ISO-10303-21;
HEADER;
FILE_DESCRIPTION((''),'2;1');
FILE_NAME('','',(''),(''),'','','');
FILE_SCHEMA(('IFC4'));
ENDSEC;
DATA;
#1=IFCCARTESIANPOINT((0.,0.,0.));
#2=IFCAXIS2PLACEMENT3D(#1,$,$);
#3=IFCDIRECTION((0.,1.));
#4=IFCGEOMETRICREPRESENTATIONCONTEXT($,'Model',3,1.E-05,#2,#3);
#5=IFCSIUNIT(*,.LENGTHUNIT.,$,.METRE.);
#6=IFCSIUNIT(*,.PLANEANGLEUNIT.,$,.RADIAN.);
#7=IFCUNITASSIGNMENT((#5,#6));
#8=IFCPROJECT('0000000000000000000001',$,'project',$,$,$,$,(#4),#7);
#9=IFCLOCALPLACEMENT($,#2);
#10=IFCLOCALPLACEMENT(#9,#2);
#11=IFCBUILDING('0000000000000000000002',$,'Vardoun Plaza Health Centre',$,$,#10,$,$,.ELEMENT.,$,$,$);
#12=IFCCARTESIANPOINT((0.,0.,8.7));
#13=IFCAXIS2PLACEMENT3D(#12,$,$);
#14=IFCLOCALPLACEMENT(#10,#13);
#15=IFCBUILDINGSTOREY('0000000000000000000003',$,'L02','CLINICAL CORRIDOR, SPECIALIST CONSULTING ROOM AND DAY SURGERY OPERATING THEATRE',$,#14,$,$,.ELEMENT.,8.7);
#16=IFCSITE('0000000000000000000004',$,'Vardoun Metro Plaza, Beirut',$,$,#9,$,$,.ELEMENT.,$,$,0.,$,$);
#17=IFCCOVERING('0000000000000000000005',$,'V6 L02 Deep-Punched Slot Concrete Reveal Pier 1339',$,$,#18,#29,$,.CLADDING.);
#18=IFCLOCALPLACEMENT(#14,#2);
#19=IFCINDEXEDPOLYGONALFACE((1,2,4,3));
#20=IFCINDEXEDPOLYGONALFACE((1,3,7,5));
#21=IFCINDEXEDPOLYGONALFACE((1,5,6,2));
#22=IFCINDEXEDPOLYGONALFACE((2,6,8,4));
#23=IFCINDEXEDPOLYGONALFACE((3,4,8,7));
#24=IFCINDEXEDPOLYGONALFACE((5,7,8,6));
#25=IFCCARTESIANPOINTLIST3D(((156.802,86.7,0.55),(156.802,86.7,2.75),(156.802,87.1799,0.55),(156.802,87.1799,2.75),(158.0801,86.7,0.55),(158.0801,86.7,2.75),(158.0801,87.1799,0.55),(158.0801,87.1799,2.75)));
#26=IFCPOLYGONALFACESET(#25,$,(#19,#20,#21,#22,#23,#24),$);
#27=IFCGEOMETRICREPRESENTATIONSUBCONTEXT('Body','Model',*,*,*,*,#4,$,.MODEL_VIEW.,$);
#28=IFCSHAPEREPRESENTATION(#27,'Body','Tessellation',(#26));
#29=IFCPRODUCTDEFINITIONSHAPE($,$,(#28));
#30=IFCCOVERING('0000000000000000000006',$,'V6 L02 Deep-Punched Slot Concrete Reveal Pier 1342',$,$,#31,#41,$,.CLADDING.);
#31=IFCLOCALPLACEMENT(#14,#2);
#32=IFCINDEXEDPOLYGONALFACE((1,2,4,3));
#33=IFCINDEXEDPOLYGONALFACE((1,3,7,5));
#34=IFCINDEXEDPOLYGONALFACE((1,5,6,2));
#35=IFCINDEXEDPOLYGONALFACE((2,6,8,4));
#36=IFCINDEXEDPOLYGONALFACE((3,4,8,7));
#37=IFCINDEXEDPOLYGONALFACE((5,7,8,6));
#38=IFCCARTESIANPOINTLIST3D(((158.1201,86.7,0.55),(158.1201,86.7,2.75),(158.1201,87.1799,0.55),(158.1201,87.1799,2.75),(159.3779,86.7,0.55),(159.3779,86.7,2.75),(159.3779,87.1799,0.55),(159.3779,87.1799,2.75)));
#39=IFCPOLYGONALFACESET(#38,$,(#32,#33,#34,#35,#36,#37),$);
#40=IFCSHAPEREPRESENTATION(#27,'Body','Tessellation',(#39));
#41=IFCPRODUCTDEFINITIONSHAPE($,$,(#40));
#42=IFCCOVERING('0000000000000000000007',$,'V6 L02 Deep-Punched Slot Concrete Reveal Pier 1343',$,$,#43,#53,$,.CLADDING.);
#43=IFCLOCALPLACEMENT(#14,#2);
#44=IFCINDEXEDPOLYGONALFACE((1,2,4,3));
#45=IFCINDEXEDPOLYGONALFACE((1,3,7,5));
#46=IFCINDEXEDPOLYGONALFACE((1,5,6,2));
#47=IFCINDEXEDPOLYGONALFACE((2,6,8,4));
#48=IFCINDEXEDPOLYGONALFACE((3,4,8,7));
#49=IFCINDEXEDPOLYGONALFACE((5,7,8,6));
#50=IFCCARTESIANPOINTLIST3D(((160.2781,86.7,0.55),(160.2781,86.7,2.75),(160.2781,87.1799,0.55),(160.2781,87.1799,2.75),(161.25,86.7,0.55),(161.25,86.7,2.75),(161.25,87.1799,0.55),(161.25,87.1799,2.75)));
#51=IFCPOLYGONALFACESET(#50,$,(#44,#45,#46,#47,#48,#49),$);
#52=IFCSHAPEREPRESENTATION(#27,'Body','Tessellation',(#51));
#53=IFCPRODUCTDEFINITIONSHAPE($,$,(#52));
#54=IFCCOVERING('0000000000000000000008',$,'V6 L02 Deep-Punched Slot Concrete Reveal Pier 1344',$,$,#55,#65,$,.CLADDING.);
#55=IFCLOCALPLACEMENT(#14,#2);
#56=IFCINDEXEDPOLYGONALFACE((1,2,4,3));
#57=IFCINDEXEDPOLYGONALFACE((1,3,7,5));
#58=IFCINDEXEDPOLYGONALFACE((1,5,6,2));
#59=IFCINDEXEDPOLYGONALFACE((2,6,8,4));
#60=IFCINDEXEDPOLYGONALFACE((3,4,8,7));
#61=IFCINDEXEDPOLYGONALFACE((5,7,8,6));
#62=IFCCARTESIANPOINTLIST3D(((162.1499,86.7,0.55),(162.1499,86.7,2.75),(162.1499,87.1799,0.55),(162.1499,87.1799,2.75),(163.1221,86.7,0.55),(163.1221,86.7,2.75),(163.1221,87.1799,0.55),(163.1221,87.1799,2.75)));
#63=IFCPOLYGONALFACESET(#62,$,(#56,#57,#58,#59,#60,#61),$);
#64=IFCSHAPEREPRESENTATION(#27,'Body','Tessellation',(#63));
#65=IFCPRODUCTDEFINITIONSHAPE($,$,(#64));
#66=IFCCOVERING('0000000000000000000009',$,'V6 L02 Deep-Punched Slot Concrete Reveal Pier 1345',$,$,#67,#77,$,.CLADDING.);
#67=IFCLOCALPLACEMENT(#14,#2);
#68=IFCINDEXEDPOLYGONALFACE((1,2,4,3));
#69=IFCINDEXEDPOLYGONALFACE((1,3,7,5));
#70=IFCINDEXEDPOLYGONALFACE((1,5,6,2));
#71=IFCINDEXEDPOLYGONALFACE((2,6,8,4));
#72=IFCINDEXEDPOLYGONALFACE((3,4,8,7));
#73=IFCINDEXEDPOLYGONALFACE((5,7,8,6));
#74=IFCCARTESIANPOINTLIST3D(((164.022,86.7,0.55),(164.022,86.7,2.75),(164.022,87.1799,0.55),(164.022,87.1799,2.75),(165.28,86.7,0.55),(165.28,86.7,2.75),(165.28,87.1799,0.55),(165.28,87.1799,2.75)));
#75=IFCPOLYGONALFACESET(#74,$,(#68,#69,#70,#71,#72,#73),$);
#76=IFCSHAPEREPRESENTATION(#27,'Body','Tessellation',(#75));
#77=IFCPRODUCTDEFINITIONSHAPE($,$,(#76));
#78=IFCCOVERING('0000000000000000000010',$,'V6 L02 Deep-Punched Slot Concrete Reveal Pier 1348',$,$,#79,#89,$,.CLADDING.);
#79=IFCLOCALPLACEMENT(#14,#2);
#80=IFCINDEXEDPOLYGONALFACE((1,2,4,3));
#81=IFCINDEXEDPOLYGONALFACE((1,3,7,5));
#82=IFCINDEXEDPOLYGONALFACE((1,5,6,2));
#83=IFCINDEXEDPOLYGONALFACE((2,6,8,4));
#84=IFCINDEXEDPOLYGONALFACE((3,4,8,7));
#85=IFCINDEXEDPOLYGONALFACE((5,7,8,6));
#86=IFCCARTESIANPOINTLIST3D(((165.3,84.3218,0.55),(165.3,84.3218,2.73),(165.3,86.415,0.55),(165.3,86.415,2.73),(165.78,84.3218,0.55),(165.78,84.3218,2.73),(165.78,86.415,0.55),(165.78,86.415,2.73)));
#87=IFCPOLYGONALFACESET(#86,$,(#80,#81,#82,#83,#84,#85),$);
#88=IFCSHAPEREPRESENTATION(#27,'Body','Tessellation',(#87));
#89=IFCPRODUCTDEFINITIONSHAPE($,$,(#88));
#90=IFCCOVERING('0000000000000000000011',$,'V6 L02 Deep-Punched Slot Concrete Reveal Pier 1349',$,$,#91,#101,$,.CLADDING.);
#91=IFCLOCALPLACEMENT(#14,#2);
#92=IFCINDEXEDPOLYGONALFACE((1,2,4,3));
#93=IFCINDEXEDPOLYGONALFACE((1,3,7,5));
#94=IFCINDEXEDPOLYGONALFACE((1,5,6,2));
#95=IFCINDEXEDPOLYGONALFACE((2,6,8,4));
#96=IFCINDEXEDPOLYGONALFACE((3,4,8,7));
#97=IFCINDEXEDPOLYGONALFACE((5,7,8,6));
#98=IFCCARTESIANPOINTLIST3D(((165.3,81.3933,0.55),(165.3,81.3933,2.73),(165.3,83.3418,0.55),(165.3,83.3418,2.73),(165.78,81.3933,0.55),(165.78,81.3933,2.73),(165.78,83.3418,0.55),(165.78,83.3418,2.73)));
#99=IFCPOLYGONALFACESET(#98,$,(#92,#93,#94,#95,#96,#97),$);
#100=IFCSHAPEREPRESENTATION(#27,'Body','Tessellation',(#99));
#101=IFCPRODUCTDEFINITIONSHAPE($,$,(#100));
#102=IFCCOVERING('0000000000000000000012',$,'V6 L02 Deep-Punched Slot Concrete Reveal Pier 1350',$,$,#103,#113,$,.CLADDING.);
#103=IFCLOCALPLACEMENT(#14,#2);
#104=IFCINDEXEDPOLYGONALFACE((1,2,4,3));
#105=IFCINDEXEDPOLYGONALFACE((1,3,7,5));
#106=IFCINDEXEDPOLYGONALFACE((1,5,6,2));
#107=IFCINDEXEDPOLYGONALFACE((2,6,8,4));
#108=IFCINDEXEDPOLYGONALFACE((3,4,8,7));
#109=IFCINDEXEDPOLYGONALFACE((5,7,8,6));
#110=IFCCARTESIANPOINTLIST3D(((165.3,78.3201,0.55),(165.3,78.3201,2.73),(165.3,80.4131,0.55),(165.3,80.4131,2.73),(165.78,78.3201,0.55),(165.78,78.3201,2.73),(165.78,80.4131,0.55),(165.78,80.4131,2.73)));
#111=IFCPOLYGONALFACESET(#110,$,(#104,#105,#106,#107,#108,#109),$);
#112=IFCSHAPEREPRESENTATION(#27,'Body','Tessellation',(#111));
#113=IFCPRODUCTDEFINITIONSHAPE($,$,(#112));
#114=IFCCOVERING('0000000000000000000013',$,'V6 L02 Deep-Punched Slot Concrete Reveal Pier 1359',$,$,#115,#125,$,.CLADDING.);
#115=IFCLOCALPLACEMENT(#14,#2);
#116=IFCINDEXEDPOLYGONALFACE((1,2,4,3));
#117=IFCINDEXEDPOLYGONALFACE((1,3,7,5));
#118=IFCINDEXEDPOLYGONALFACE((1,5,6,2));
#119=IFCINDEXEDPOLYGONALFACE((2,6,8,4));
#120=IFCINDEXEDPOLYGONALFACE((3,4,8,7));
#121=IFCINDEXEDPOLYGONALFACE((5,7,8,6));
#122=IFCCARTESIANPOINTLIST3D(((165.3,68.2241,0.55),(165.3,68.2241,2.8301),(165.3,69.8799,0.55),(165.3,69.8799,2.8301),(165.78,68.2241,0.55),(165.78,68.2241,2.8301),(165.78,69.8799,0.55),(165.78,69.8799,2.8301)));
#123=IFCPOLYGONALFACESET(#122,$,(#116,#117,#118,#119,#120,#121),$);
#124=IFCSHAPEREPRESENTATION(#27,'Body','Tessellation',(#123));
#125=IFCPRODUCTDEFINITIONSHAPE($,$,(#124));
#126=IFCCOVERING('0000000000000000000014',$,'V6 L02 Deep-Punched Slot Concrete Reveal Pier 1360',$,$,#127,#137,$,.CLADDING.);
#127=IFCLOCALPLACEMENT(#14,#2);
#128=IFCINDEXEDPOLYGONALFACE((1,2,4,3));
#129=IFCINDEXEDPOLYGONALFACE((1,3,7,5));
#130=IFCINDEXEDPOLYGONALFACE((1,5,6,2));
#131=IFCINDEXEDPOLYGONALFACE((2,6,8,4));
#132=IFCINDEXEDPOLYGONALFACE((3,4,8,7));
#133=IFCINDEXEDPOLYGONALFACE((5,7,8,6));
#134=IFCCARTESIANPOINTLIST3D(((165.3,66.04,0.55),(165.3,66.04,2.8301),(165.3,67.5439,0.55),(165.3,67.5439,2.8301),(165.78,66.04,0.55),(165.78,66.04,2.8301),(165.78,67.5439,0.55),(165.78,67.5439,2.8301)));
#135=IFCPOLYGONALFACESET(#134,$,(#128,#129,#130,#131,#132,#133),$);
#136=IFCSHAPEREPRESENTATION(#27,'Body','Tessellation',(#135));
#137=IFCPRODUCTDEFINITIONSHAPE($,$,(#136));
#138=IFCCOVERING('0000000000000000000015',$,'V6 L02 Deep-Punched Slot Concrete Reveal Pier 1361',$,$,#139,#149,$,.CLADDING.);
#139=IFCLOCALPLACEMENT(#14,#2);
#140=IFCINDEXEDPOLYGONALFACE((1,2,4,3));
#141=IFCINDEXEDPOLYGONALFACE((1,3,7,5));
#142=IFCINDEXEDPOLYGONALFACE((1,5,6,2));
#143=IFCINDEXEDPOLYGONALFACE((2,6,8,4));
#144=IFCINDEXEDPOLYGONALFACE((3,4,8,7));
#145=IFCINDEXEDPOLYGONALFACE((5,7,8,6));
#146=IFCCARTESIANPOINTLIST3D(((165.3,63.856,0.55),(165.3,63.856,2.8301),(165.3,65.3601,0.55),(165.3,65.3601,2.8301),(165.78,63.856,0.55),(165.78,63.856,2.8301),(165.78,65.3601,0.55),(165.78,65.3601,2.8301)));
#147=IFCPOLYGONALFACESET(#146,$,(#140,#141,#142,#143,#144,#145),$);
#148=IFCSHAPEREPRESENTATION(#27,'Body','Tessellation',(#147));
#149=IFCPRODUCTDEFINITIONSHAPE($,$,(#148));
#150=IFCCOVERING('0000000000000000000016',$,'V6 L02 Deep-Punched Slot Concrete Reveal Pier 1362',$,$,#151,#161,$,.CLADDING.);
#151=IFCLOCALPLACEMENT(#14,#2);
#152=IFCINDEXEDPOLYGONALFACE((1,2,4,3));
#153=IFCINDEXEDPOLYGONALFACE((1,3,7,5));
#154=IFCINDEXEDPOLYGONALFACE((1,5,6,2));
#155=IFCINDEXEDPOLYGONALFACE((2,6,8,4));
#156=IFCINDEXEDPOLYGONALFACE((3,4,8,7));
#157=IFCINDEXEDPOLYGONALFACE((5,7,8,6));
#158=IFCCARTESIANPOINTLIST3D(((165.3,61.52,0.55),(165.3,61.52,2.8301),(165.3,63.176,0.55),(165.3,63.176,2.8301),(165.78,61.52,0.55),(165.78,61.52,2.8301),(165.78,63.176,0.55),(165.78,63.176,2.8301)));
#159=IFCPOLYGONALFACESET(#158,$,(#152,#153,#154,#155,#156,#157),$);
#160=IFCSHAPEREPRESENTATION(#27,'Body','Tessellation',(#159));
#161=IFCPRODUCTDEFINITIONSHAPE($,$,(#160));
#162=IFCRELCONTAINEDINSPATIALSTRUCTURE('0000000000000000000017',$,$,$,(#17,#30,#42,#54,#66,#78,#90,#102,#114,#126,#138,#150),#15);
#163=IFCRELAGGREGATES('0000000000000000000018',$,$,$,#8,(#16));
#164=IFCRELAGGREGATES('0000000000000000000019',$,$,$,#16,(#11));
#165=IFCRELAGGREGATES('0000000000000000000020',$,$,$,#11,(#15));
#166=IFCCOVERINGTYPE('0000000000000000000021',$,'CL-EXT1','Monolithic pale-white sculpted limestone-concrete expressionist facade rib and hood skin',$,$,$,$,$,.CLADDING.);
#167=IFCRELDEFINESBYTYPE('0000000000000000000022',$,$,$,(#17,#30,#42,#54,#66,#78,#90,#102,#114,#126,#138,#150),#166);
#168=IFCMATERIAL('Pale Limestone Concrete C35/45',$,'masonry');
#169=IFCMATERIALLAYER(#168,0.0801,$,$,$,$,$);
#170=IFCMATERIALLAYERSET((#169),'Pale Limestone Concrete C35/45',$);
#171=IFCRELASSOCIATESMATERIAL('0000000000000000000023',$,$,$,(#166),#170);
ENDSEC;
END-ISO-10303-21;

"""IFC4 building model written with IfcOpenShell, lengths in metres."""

from ifc_helpers import new_model, si_unit, direction, frame, origin, place, context, subcontext, project, spatial, polyline, outline, extrude, material, layer, layer_set, type_object, element, save


model = new_model("IFC4")

# Units and contexts
model_context = context("Model", 3, precision=1e-05, world=origin(), true_north=direction((0.0, 1.0)))
body_context = subcontext(model_context, "Body", "Model", "MODEL_VIEW")
ifc_project = project(units=[si_unit("LENGTHUNIT", "METRE"), si_unit("PLANEANGLEUNIT", "RADIAN")], contexts=[model_context])

# Site, building, storey
site_placement = place(None, origin())
site = spatial("IfcSite", under=ifc_project, at=site_placement, Name="Vardoun Metro Plaza, Beirut", CompositionType="ELEMENT", RefElevation=0.0)
building_placement = place(site_placement, origin())
building = spatial("IfcBuilding", under=site, at=building_placement, Name="Vardoun Plaza Health Centre", CompositionType="ELEMENT")
storey_placement = place(building_placement, frame((0.0, 0.0, 8.7)))
storey = spatial("IfcBuildingStorey", under=building, at=storey_placement, Name="L02", Description="CLINICAL CORRIDOR, SPECIALIST CONSULTING ROOM AND DAY SURGERY OPERATING THEATRE", CompositionType="ELEMENT", Elevation=8.7)

# Coverings
ifc_material = material(Name="Pale Limestone Concrete C35/45", Category="masonry")
ifc_layer = layer(ifc_material, 0.0801)
ifc_layer_set = layer_set([ifc_layer], Name="Pale Limestone Concrete C35/45")
covering_type = type_object("IfcCoveringType", Name="CL-EXT1", Description="Monolithic pale-white sculpted limestone-concrete expressionist facade rib and hood skin", PredefinedType="CLADDING", material=ifc_layer_set)
covering_1_placement = place(storey_placement, frame((0.0, 0.0, 0.55)))
element("IfcCovering", 1, at=covering_1_placement, inside=storey, type_object=covering_type, Name="V6 L02 Deep-Punched Slot Concrete Reveal Pier 1339", PredefinedType="CLADDING", context=body_context, shape_type="SweptSolid", body=[
    extrude(outline(polyline([(156.802, 86.7), (158.0801, 86.7), (158.0801, 87.1799), (156.802, 87.1799), (156.802, 86.7)])), origin(), (0.0, 0.0, 1.0), 2.2),
])
covering_2_placement = place(storey_placement, frame((0.0, 0.0, 0.55)))
element("IfcCovering", 2, at=covering_2_placement, inside=storey, type_object=covering_type, Name="V6 L02 Deep-Punched Slot Concrete Reveal Pier 1342", PredefinedType="CLADDING", context=body_context, shape_type="SweptSolid", body=[
    extrude(outline(polyline([(158.1201, 86.7), (159.3779, 86.7), (159.3779, 87.1799), (158.1201, 87.1799), (158.1201, 86.7)])), origin(), (0.0, 0.0, 1.0), 2.2),
])
covering_3_placement = place(storey_placement, frame((0.0, 0.0, 0.55)))
element("IfcCovering", 3, at=covering_3_placement, inside=storey, type_object=covering_type, Name="V6 L02 Deep-Punched Slot Concrete Reveal Pier 1343", PredefinedType="CLADDING", context=body_context, shape_type="SweptSolid", body=[
    extrude(outline(polyline([(160.2781, 86.7), (161.25, 86.7), (161.25, 87.1799), (160.2781, 87.1799), (160.2781, 86.7)])), origin(), (0.0, 0.0, 1.0), 2.2),
])
covering_4_placement = place(storey_placement, frame((0.0, 0.0, 0.55)))
element("IfcCovering", 4, at=covering_4_placement, inside=storey, type_object=covering_type, Name="V6 L02 Deep-Punched Slot Concrete Reveal Pier 1344", PredefinedType="CLADDING", context=body_context, shape_type="SweptSolid", body=[
    extrude(outline(polyline([(162.1499, 86.7), (163.1221, 86.7), (163.1221, 87.1799), (162.1499, 87.1799), (162.1499, 86.7)])), origin(), (0.0, 0.0, 1.0), 2.2),
])
covering_5_placement = place(storey_placement, frame((0.0, 0.0, 0.55)))
element("IfcCovering", 5, at=covering_5_placement, inside=storey, type_object=covering_type, Name="V6 L02 Deep-Punched Slot Concrete Reveal Pier 1345", PredefinedType="CLADDING", context=body_context, shape_type="SweptSolid", body=[
    extrude(outline(polyline([(164.022, 86.7), (165.28, 86.7), (165.28, 87.1799), (164.022, 87.1799), (164.022, 86.7)])), origin(), (0.0, 0.0, 1.0), 2.2),
])
covering_6_placement = place(storey_placement, frame((0.0, 0.0, 0.55)))
element("IfcCovering", 6, at=covering_6_placement, inside=storey, type_object=covering_type, Name="V6 L02 Deep-Punched Slot Concrete Reveal Pier 1348", PredefinedType="CLADDING", context=body_context, shape_type="SweptSolid", body=[
    extrude(outline(polyline([(165.3, 86.415), (165.3, 84.3218), (165.78, 84.3218), (165.78, 86.415), (165.3, 86.415)])), origin(), (0.0, 0.0, 1.0), 2.1799),
])
covering_7_placement = place(storey_placement, frame((0.0, 0.0, 0.55)))
element("IfcCovering", 7, at=covering_7_placement, inside=storey, type_object=covering_type, Name="V6 L02 Deep-Punched Slot Concrete Reveal Pier 1349", PredefinedType="CLADDING", context=body_context, shape_type="SweptSolid", body=[
    extrude(outline(polyline([(165.3, 83.3418), (165.3, 81.3933), (165.78, 81.3933), (165.78, 83.3418), (165.3, 83.3418)])), origin(), (0.0, 0.0, 1.0), 2.1799),
])
covering_8_placement = place(storey_placement, frame((0.0, 0.0, 0.55)))
element("IfcCovering", 8, at=covering_8_placement, inside=storey, type_object=covering_type, Name="V6 L02 Deep-Punched Slot Concrete Reveal Pier 1350", PredefinedType="CLADDING", context=body_context, shape_type="SweptSolid", body=[
    extrude(outline(polyline([(165.3, 80.4131), (165.3, 78.3201), (165.78, 78.3201), (165.78, 80.4131), (165.3, 80.4131)])), origin(), (0.0, 0.0, 1.0), 2.1799),
])
covering_9_placement = place(storey_placement, frame((0.0, 0.0, 0.55)))
element("IfcCovering", 9, at=covering_9_placement, inside=storey, type_object=covering_type, Name="V6 L02 Deep-Punched Slot Concrete Reveal Pier 1359", PredefinedType="CLADDING", context=body_context, shape_type="SweptSolid", body=[
    extrude(outline(polyline([(165.3, 69.8799), (165.3, 68.2241), (165.78, 68.2241), (165.78, 69.8799), (165.3, 69.8799)])), origin(), (0.0, 0.0, 1.0), 2.28),
])
covering_10_placement = place(storey_placement, frame((0.0, 0.0, 0.55)))
element("IfcCovering", 10, at=covering_10_placement, inside=storey, type_object=covering_type, Name="V6 L02 Deep-Punched Slot Concrete Reveal Pier 1360", PredefinedType="CLADDING", context=body_context, shape_type="SweptSolid", body=[
    extrude(outline(polyline([(165.3, 67.5439), (165.3, 66.04), (165.78, 66.04), (165.78, 67.5439), (165.3, 67.5439)])), origin(), (0.0, 0.0, 1.0), 2.28),
])
covering_11_placement = place(storey_placement, frame((0.0, 0.0, 0.55)))
element("IfcCovering", 11, at=covering_11_placement, inside=storey, type_object=covering_type, Name="V6 L02 Deep-Punched Slot Concrete Reveal Pier 1361", PredefinedType="CLADDING", context=body_context, shape_type="SweptSolid", body=[
    extrude(outline(polyline([(165.3, 65.3601), (165.3, 63.856), (165.78, 63.856), (165.78, 65.3601), (165.3, 65.3601)])), origin(), (0.0, 0.0, 1.0), 2.28),
])
covering_12_placement = place(storey_placement, frame((0.0, 0.0, 0.55)))
element("IfcCovering", 12, at=covering_12_placement, inside=storey, type_object=covering_type, Name="V6 L02 Deep-Punched Slot Concrete Reveal Pier 1362", PredefinedType="CLADDING", context=body_context, shape_type="SweptSolid", body=[
    extrude(outline(polyline([(165.3, 63.176), (165.3, 61.52), (165.78, 61.52), (165.78, 63.176), (165.3, 63.176)])), origin(), (0.0, 0.0, 1.0), 2.28),
])

save(model, "model.ifc")
